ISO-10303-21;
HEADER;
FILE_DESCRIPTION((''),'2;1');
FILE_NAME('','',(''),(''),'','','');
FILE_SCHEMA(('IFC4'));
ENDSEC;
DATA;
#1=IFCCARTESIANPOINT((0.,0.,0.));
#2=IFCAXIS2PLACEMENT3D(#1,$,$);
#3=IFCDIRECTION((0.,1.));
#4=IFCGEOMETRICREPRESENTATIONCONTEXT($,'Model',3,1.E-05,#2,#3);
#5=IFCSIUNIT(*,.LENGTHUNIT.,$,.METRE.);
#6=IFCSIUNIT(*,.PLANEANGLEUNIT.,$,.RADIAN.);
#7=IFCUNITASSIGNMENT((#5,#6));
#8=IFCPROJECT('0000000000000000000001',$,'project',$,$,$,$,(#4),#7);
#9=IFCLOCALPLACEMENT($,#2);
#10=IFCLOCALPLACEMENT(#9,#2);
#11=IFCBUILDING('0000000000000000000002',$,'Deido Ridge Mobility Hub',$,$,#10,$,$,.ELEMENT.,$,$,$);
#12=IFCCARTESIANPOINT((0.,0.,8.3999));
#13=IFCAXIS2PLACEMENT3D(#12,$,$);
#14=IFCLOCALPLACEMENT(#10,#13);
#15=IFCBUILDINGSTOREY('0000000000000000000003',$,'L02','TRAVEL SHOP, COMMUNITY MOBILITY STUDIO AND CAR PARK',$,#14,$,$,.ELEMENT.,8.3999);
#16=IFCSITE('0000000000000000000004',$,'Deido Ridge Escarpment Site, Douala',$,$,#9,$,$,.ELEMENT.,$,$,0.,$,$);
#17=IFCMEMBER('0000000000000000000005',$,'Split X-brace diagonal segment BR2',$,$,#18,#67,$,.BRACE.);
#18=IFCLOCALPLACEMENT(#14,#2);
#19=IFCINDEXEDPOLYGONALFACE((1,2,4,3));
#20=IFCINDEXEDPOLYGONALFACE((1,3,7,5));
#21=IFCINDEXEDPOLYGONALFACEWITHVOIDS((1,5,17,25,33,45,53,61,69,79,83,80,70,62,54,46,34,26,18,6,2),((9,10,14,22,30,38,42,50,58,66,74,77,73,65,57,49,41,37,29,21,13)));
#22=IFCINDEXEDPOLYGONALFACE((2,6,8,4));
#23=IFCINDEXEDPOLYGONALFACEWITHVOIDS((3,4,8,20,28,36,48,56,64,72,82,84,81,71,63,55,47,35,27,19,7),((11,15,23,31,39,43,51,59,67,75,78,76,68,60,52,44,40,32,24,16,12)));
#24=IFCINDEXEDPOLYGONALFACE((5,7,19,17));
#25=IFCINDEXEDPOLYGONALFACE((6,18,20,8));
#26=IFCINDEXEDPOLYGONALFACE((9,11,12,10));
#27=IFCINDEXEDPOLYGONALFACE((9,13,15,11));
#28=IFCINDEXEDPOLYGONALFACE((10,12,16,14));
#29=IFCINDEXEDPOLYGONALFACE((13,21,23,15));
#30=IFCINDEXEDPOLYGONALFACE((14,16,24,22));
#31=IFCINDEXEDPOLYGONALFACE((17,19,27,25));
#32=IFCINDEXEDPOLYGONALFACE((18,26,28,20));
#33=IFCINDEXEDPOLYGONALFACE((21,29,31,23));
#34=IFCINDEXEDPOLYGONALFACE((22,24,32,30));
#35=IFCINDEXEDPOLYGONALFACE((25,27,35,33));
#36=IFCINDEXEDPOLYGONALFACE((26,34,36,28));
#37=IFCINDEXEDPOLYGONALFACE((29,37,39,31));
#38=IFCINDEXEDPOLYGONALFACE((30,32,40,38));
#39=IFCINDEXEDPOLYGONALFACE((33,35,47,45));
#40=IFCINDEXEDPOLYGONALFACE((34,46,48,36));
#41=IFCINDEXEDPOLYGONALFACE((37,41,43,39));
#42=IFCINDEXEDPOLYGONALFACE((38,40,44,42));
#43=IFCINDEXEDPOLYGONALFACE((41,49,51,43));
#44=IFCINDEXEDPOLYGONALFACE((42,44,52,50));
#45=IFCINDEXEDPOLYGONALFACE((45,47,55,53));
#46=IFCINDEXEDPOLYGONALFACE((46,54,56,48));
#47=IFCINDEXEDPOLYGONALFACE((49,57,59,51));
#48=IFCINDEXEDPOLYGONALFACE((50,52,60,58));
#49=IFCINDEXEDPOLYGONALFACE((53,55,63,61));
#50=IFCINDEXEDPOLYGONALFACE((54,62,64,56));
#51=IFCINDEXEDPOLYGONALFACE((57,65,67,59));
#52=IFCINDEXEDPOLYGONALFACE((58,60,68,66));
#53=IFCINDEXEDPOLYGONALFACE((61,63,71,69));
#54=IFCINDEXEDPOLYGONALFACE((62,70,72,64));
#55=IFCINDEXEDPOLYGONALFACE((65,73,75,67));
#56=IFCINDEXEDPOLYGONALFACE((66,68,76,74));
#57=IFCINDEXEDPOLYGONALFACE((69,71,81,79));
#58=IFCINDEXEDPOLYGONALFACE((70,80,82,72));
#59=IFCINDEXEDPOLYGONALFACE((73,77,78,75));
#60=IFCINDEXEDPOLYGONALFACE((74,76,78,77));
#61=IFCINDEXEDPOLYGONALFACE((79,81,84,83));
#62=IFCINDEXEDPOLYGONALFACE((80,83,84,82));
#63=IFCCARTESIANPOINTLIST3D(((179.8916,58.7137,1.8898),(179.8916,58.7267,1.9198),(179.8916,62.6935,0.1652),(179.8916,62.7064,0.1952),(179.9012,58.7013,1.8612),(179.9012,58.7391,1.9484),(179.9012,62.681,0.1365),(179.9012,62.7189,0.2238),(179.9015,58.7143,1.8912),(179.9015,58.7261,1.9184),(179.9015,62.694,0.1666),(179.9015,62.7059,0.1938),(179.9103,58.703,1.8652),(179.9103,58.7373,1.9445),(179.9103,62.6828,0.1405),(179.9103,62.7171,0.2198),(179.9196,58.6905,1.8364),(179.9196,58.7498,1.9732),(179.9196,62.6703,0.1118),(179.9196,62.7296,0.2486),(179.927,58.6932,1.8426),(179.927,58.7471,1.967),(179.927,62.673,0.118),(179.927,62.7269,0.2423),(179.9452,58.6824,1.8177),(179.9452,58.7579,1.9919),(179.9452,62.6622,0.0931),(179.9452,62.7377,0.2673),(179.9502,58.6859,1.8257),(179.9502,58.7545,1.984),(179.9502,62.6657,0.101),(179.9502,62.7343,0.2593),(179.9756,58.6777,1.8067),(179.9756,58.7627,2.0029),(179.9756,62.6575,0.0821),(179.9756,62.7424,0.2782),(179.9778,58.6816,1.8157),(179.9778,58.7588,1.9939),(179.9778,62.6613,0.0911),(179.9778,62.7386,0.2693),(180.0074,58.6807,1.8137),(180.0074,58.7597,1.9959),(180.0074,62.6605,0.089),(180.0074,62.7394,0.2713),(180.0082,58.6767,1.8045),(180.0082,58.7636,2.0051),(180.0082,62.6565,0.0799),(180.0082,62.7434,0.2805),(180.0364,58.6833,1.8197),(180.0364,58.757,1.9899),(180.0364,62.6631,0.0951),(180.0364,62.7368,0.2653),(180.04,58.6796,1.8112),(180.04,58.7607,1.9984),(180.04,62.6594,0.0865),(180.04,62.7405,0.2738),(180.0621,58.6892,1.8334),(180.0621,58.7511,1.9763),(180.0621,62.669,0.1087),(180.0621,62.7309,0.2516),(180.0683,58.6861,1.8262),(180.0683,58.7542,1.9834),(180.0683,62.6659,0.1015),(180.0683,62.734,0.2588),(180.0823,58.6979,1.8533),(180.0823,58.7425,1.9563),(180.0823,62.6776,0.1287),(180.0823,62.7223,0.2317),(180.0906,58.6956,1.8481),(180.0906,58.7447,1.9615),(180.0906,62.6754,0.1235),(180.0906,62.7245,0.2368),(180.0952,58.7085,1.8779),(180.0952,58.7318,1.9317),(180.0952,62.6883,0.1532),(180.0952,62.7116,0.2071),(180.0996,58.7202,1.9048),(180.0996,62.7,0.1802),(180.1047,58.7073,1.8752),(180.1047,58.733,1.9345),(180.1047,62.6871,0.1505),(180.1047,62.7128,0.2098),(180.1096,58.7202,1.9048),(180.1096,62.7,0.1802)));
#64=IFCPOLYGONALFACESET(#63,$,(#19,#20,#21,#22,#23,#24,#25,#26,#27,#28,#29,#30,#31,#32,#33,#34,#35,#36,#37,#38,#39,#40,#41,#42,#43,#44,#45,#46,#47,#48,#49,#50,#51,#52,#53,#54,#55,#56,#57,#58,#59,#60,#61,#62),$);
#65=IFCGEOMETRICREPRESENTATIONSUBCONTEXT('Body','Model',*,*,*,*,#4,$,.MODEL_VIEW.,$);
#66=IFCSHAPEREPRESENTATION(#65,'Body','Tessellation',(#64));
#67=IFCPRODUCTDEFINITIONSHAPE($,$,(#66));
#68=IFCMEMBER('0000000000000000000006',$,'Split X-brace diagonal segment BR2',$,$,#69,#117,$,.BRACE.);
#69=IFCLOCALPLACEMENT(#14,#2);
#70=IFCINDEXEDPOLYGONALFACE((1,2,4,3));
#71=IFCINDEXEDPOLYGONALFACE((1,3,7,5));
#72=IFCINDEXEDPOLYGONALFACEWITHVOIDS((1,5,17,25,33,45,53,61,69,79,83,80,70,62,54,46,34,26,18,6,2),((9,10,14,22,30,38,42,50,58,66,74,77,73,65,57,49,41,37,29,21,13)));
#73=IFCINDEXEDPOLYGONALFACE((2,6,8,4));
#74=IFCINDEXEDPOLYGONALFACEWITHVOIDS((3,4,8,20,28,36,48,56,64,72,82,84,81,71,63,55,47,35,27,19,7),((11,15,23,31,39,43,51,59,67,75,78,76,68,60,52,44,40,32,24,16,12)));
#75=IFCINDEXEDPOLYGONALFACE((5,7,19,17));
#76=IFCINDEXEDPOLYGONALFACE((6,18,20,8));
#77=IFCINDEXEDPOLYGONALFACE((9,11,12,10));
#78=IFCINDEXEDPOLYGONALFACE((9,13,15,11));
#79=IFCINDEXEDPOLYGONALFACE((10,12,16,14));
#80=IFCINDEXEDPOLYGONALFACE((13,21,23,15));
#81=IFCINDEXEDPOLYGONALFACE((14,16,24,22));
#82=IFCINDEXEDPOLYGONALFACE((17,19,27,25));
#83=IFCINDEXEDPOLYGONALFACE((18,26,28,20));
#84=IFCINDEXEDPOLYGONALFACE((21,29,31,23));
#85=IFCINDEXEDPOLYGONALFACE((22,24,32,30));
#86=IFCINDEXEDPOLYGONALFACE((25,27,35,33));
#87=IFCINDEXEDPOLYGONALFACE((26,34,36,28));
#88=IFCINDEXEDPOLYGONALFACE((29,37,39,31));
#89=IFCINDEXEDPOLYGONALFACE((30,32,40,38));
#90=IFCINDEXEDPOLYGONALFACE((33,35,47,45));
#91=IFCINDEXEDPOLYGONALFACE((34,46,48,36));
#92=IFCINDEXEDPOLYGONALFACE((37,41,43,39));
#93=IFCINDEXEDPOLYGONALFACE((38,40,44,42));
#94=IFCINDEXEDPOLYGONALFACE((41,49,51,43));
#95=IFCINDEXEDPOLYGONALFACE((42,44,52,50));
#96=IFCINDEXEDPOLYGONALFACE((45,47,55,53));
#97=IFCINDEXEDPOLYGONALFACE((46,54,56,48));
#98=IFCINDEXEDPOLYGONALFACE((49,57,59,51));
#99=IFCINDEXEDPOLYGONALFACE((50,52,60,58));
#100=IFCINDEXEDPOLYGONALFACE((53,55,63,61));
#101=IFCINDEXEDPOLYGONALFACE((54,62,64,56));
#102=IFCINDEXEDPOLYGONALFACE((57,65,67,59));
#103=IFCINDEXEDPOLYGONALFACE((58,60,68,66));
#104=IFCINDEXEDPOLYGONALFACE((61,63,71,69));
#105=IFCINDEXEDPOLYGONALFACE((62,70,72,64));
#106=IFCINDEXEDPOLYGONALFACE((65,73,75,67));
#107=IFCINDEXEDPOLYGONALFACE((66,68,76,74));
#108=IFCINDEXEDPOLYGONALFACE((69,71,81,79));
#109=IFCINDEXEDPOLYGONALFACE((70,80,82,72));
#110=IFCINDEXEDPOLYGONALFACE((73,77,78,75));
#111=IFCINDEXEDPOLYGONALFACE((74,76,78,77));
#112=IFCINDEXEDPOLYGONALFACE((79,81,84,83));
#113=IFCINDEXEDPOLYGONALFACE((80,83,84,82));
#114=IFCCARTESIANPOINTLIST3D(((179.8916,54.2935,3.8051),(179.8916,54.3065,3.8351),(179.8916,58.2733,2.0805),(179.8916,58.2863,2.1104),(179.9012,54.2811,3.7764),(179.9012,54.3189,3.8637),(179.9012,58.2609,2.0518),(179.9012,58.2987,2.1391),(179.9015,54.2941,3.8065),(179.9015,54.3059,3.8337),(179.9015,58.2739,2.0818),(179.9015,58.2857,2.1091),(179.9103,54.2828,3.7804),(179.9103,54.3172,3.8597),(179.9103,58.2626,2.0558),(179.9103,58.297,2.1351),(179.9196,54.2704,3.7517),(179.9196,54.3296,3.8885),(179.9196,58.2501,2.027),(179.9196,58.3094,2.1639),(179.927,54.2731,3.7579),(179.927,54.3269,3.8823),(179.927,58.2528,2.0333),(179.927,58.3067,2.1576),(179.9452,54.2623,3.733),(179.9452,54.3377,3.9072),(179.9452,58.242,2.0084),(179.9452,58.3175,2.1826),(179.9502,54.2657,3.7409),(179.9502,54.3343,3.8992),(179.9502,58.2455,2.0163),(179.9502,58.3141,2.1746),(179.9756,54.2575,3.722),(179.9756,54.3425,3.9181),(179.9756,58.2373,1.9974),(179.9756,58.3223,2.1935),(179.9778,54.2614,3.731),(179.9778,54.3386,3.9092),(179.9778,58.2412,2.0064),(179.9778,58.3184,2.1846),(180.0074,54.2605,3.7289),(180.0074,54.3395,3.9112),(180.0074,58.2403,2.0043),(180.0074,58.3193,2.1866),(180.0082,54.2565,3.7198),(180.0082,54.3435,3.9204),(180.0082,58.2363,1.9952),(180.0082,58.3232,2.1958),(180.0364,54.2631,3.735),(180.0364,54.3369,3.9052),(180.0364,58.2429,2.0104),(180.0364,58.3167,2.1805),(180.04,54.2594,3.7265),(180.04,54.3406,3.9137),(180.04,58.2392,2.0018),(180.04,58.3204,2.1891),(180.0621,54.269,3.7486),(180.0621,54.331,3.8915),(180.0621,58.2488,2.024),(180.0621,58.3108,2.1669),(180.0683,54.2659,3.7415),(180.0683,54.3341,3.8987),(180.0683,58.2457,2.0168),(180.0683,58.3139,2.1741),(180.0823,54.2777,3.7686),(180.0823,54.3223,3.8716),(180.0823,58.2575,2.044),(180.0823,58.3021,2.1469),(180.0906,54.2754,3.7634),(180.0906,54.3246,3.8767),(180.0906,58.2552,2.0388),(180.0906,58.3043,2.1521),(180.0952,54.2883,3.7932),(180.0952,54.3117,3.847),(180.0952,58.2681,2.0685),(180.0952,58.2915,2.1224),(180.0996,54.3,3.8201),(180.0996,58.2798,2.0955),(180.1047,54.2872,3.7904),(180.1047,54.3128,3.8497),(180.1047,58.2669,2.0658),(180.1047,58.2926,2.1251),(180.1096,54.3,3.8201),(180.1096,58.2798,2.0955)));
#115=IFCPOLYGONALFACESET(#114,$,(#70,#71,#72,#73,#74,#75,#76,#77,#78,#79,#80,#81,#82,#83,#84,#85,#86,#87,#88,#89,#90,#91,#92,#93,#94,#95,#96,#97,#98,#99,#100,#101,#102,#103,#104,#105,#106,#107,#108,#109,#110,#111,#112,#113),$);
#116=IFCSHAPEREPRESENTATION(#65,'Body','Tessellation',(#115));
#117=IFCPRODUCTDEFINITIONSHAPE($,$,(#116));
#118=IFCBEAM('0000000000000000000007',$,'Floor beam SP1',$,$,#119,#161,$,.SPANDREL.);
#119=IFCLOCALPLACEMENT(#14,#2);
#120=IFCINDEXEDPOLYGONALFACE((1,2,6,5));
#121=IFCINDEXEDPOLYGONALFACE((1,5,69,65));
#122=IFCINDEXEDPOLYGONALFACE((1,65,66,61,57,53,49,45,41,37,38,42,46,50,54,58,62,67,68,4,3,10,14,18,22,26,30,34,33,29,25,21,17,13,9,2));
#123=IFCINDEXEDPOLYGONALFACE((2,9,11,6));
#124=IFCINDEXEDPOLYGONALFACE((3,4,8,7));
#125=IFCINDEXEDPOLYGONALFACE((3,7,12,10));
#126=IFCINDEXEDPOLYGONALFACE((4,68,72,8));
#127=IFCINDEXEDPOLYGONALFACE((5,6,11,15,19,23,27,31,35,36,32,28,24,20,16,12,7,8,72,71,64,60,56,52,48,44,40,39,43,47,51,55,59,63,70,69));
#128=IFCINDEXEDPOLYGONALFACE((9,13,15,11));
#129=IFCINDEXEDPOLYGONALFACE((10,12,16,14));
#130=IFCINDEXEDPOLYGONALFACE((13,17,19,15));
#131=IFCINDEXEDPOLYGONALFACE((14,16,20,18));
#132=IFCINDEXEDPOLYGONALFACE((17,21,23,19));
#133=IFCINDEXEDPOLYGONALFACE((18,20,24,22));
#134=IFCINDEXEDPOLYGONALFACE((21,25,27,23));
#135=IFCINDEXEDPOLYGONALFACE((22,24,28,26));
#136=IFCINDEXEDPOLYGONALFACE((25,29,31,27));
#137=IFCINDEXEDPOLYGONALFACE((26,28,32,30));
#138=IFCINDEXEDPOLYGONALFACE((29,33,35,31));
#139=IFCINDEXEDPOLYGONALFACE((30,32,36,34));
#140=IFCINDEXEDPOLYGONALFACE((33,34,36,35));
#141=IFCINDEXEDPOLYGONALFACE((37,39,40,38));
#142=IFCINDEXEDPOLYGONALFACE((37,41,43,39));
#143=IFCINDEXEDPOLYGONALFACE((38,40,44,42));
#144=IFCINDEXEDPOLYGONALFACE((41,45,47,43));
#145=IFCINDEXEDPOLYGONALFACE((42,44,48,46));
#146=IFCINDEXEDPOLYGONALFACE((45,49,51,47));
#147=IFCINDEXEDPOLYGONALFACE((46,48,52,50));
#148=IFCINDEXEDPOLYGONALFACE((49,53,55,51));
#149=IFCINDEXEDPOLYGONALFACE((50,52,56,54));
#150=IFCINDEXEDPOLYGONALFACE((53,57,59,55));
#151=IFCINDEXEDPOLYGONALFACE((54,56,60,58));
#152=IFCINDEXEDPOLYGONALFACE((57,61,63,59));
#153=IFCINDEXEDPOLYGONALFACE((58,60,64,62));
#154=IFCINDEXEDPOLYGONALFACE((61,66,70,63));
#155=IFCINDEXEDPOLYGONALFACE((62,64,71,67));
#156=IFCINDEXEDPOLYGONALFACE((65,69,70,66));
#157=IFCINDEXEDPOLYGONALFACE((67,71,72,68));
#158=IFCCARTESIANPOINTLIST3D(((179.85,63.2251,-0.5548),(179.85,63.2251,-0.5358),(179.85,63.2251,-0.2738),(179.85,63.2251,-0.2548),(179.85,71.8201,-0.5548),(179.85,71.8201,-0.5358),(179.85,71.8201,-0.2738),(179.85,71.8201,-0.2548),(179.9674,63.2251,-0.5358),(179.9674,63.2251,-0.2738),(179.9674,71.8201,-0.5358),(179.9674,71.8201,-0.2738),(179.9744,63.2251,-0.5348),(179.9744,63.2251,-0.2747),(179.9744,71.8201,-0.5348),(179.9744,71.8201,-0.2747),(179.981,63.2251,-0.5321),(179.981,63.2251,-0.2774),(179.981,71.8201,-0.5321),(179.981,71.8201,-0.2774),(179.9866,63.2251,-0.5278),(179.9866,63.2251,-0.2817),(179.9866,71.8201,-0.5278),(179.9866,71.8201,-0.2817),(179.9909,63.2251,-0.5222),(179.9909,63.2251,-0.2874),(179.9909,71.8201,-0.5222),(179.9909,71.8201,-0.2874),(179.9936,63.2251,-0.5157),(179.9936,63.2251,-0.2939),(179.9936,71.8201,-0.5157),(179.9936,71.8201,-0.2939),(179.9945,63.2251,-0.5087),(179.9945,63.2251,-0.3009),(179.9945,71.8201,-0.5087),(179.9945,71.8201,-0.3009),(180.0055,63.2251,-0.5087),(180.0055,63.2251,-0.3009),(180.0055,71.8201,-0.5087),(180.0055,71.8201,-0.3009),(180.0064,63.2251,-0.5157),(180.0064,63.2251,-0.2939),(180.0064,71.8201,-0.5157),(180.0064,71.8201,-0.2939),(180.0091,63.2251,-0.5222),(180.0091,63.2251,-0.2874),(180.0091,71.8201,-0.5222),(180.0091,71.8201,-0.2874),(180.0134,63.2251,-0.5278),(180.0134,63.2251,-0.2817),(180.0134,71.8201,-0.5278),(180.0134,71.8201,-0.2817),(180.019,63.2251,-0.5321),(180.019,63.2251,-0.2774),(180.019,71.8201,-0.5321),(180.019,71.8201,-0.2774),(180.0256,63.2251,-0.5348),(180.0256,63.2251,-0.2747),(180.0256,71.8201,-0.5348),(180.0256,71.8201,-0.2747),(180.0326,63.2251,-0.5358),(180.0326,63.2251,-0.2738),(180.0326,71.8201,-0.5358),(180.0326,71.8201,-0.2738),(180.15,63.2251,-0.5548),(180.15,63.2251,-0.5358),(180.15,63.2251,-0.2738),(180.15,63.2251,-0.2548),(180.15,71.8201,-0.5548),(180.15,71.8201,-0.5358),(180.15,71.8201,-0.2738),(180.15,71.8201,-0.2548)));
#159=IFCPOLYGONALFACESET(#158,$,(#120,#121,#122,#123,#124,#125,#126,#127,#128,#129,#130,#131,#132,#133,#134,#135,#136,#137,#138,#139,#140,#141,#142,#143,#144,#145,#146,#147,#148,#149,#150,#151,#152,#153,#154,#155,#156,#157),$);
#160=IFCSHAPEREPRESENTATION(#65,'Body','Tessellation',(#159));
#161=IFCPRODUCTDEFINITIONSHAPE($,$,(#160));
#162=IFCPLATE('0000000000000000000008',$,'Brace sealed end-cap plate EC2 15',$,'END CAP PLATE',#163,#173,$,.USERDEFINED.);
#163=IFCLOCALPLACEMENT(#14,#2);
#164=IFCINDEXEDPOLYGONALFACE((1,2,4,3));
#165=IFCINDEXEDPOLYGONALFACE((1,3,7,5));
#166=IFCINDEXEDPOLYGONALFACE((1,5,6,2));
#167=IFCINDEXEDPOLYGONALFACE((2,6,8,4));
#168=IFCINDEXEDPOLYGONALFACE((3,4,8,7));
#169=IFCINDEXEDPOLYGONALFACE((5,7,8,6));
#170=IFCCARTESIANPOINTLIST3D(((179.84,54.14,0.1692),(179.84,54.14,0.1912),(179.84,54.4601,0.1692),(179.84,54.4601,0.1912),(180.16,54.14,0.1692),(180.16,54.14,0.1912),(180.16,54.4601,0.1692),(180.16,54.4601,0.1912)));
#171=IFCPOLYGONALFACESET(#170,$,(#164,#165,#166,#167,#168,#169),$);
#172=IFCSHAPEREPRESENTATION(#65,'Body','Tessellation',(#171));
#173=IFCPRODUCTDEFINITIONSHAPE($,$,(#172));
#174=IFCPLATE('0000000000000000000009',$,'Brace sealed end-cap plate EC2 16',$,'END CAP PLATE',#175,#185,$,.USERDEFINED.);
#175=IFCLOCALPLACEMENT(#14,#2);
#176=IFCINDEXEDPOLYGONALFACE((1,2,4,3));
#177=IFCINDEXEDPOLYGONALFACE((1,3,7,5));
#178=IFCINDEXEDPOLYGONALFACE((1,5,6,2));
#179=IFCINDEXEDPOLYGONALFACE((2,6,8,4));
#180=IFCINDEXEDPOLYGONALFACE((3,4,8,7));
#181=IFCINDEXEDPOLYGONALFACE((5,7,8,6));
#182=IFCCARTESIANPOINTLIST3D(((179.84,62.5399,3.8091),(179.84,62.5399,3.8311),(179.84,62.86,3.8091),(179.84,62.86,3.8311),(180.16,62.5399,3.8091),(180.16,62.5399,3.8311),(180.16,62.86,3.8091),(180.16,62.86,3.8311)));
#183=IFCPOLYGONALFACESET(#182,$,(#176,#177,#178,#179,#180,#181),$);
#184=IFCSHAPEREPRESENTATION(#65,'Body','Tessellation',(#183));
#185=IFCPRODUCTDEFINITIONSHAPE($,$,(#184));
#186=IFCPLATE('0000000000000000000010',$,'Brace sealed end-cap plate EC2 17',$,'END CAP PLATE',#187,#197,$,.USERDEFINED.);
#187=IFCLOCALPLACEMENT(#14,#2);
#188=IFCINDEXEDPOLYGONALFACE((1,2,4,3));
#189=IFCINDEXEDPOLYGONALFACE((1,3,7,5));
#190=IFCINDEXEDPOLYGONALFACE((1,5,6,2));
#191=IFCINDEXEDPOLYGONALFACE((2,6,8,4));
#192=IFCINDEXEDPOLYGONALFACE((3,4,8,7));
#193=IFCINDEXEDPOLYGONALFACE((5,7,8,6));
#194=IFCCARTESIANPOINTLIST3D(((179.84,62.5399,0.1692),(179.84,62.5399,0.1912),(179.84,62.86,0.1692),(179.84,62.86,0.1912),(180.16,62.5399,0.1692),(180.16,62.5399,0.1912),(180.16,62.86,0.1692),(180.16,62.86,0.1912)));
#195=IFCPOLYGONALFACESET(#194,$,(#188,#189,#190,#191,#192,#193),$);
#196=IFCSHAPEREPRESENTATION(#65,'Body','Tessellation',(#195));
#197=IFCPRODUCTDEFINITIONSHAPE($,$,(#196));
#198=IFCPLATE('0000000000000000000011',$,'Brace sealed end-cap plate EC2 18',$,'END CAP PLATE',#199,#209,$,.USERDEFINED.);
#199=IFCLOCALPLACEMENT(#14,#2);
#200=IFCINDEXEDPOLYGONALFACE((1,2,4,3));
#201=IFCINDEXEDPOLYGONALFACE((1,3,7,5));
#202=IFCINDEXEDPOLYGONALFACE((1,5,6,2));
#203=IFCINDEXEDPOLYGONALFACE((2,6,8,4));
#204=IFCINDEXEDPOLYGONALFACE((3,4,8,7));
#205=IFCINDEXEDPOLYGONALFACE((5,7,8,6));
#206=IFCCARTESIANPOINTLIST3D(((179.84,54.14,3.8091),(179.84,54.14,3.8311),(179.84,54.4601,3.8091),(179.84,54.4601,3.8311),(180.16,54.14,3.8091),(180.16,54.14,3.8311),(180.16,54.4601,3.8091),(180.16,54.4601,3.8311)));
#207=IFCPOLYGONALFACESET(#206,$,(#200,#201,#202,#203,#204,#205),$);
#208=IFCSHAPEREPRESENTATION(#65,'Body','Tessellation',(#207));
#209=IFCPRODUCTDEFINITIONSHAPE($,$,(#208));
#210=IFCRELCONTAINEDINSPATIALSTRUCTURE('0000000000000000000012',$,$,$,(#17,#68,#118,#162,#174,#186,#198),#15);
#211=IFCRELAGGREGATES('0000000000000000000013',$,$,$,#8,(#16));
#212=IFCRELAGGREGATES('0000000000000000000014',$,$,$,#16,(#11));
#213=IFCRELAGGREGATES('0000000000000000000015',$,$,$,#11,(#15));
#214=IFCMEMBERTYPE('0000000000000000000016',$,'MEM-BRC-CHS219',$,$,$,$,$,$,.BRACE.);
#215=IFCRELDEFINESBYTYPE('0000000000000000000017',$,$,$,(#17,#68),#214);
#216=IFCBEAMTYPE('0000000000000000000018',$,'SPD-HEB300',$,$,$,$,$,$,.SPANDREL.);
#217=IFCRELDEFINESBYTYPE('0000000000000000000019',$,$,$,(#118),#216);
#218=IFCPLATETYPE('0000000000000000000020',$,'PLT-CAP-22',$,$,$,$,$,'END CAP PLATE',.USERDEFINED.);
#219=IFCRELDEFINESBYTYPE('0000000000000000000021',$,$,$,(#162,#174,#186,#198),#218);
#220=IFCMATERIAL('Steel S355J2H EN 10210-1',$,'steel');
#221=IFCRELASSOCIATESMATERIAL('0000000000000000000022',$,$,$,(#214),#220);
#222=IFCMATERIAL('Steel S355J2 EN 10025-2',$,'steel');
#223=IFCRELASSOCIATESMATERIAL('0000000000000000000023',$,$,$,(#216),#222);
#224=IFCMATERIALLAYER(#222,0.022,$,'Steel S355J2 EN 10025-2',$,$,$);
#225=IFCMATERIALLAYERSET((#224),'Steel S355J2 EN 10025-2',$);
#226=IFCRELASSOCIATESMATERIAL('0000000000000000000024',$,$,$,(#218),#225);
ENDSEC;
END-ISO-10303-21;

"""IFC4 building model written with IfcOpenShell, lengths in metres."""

from ifc_helpers import new_model, si_unit, direction, frame, origin, origin_2d, place, context, subcontext, project, spatial, rectangle, hollow_circle, i_section, extrude, material, layer, layer_set, material_profile, profile_set, type_object, element, save


model = new_model("IFC4")

# Units and contexts
model_context = context("Model", 3, precision=1e-05, world=origin(), true_north=direction((0.0, 1.0)))
body_context = subcontext(model_context, "Body", "Model", "MODEL_VIEW")
ifc_project = project(units=[si_unit("LENGTHUNIT", "METRE"), si_unit("PLANEANGLEUNIT", "RADIAN")], contexts=[model_context])

# Site, building, storey
site_placement = place(None, origin())
site = spatial("IfcSite", under=ifc_project, at=site_placement, Name="Deido Ridge Escarpment Site, Douala", CompositionType="ELEMENT", RefElevation=0.0)
building_placement = place(site_placement, origin())
building = spatial("IfcBuilding", under=site, at=building_placement, Name="Deido Ridge Mobility Hub", CompositionType="ELEMENT")
storey_placement = place(building_placement, frame((0.0, 0.0, 8.3999)))
storey = spatial("IfcBuildingStorey", under=building, at=storey_placement, Name="L02", Description="TRAVEL SHOP, COMMUNITY MOBILITY STUDIO AND CAR PARK", CompositionType="ELEMENT", Elevation=8.3999)

# Shared definitions
ifc_material_1 = material(Name="Steel S355J2 EN 10025-2", Category="steel")

# Members
ifc_material_2 = material(Name="Steel S355J2H EN 10210-1", Category="steel")
ifc_material_profile_1 = material_profile(ifc_material_2, hollow_circle(Radius=0.1096, WallThickness=0.01, at=origin_2d()), Name="CHS 219.1x10")
ifc_profile_set_1 = profile_set([ifc_material_profile_1], Name="Steel S355J2H EN 10210-1")
member_type = type_object("IfcMemberType", Name="MEM-BRC-CHS219", PredefinedType="BRACE", material=ifc_profile_set_1)
for number, where, z_axis, x_axis, name in (
    (1, (180.0, 62.7, 0.1802), (0.0, -0.917551, 0.397618), (1.0, 0.0, 0.0), "Split X-brace diagonal segment BR2"),
    (2, (180.0, 58.2798, 2.0955), (0.0, -0.917551, 0.397618), (1.0, 0.0, 0.0), "Split X-brace diagonal segment BR2"),
):
    element("IfcMember", number, at=place(storey_placement, frame(where, z_axis=z_axis, x_axis=x_axis)), inside=storey, type_object=member_type, Name=name, PredefinedType="BRACE", context=body_context, shape_type="SweptSolid", body=[
        extrude(hollow_circle(Radius=0.1096, WallThickness=0.01, at=origin_2d()), origin(), (0.0, 0.0, 1.0), 4.3374),
    ])

# Beam
ifc_material_profile_2 = material_profile(ifc_material_1, i_section(OverallWidth=0.3, OverallDepth=0.3, WebThickness=0.011, FlangeThickness=0.019, FilletRadius=0.0271, at=origin_2d()), Name="HEB 300")
ifc_profile_set_2 = profile_set([ifc_material_profile_2], Name="Steel S355J2 EN 10025-2")
beam_type_1 = type_object("IfcBeamType", Name="SPD-HEB300", PredefinedType="SPANDREL", material=ifc_profile_set_2)
beam_1_placement = place(storey_placement, frame((180.0, 63.2251, -0.4048), z_axis=(0.0, 1.0, 0.0), x_axis=(-1.0, 0.0, 0.0)))
element("IfcBeam", 3, at=beam_1_placement, inside=storey, type_object=beam_type_1, Name="Floor beam SP1", PredefinedType="SPANDREL", context=body_context, shape_type="SweptSolid", body=[
    extrude(i_section(OverallWidth=0.3, OverallDepth=0.3, WebThickness=0.011, FlangeThickness=0.019, FilletRadius=0.0271, at=origin_2d()), origin(), (0.0, 0.0, 1.0), 8.595),
])

# Plates
ifc_layer_1 = layer(ifc_material_1, 0.022, Name="Steel S355J2 EN 10025-2")
ifc_layer_set_1 = layer_set([ifc_layer_1], Name="Steel S355J2 EN 10025-2")
plate_type_1 = type_object("IfcPlateType", Name="PLT-CAP-22", ElementType="END CAP PLATE", PredefinedType="USERDEFINED", material=ifc_layer_set_1)
for number, where, z_axis, x_axis, name in (
    (4, (180.0, 54.3, 0.1692), (0.0, 0.0, 1.0), (1.0, 0.0, 0.0), "Brace sealed end-cap plate EC2 15"),
    (5, (180.0, 62.7, 3.8091), (0.0, 0.0, 1.0), (1.0, 0.0, 0.0), "Brace sealed end-cap plate EC2 16"),
    (6, (180.0, 62.7, 0.1692), (0.0, 0.0, 1.0), (1.0, 0.0, 0.0), "Brace sealed end-cap plate EC2 17"),
    (7, (180.0, 54.3, 3.8091), (0.0, 0.0, 1.0), (1.0, 0.0, 0.0), "Brace sealed end-cap plate EC2 18"),
):
    element("IfcPlate", number, at=place(storey_placement, frame(where, z_axis=z_axis, x_axis=x_axis)), inside=storey, type_object=plate_type_1, Name=name, ObjectType="END CAP PLATE", PredefinedType="USERDEFINED", context=body_context, shape_type="SweptSolid", body=[
        extrude(rectangle(XDim=0.3201, YDim=0.3201, at=origin_2d()), origin(), (0.0, 0.0, 1.0), 0.022),
    ])

save(model, "model.ifc")
